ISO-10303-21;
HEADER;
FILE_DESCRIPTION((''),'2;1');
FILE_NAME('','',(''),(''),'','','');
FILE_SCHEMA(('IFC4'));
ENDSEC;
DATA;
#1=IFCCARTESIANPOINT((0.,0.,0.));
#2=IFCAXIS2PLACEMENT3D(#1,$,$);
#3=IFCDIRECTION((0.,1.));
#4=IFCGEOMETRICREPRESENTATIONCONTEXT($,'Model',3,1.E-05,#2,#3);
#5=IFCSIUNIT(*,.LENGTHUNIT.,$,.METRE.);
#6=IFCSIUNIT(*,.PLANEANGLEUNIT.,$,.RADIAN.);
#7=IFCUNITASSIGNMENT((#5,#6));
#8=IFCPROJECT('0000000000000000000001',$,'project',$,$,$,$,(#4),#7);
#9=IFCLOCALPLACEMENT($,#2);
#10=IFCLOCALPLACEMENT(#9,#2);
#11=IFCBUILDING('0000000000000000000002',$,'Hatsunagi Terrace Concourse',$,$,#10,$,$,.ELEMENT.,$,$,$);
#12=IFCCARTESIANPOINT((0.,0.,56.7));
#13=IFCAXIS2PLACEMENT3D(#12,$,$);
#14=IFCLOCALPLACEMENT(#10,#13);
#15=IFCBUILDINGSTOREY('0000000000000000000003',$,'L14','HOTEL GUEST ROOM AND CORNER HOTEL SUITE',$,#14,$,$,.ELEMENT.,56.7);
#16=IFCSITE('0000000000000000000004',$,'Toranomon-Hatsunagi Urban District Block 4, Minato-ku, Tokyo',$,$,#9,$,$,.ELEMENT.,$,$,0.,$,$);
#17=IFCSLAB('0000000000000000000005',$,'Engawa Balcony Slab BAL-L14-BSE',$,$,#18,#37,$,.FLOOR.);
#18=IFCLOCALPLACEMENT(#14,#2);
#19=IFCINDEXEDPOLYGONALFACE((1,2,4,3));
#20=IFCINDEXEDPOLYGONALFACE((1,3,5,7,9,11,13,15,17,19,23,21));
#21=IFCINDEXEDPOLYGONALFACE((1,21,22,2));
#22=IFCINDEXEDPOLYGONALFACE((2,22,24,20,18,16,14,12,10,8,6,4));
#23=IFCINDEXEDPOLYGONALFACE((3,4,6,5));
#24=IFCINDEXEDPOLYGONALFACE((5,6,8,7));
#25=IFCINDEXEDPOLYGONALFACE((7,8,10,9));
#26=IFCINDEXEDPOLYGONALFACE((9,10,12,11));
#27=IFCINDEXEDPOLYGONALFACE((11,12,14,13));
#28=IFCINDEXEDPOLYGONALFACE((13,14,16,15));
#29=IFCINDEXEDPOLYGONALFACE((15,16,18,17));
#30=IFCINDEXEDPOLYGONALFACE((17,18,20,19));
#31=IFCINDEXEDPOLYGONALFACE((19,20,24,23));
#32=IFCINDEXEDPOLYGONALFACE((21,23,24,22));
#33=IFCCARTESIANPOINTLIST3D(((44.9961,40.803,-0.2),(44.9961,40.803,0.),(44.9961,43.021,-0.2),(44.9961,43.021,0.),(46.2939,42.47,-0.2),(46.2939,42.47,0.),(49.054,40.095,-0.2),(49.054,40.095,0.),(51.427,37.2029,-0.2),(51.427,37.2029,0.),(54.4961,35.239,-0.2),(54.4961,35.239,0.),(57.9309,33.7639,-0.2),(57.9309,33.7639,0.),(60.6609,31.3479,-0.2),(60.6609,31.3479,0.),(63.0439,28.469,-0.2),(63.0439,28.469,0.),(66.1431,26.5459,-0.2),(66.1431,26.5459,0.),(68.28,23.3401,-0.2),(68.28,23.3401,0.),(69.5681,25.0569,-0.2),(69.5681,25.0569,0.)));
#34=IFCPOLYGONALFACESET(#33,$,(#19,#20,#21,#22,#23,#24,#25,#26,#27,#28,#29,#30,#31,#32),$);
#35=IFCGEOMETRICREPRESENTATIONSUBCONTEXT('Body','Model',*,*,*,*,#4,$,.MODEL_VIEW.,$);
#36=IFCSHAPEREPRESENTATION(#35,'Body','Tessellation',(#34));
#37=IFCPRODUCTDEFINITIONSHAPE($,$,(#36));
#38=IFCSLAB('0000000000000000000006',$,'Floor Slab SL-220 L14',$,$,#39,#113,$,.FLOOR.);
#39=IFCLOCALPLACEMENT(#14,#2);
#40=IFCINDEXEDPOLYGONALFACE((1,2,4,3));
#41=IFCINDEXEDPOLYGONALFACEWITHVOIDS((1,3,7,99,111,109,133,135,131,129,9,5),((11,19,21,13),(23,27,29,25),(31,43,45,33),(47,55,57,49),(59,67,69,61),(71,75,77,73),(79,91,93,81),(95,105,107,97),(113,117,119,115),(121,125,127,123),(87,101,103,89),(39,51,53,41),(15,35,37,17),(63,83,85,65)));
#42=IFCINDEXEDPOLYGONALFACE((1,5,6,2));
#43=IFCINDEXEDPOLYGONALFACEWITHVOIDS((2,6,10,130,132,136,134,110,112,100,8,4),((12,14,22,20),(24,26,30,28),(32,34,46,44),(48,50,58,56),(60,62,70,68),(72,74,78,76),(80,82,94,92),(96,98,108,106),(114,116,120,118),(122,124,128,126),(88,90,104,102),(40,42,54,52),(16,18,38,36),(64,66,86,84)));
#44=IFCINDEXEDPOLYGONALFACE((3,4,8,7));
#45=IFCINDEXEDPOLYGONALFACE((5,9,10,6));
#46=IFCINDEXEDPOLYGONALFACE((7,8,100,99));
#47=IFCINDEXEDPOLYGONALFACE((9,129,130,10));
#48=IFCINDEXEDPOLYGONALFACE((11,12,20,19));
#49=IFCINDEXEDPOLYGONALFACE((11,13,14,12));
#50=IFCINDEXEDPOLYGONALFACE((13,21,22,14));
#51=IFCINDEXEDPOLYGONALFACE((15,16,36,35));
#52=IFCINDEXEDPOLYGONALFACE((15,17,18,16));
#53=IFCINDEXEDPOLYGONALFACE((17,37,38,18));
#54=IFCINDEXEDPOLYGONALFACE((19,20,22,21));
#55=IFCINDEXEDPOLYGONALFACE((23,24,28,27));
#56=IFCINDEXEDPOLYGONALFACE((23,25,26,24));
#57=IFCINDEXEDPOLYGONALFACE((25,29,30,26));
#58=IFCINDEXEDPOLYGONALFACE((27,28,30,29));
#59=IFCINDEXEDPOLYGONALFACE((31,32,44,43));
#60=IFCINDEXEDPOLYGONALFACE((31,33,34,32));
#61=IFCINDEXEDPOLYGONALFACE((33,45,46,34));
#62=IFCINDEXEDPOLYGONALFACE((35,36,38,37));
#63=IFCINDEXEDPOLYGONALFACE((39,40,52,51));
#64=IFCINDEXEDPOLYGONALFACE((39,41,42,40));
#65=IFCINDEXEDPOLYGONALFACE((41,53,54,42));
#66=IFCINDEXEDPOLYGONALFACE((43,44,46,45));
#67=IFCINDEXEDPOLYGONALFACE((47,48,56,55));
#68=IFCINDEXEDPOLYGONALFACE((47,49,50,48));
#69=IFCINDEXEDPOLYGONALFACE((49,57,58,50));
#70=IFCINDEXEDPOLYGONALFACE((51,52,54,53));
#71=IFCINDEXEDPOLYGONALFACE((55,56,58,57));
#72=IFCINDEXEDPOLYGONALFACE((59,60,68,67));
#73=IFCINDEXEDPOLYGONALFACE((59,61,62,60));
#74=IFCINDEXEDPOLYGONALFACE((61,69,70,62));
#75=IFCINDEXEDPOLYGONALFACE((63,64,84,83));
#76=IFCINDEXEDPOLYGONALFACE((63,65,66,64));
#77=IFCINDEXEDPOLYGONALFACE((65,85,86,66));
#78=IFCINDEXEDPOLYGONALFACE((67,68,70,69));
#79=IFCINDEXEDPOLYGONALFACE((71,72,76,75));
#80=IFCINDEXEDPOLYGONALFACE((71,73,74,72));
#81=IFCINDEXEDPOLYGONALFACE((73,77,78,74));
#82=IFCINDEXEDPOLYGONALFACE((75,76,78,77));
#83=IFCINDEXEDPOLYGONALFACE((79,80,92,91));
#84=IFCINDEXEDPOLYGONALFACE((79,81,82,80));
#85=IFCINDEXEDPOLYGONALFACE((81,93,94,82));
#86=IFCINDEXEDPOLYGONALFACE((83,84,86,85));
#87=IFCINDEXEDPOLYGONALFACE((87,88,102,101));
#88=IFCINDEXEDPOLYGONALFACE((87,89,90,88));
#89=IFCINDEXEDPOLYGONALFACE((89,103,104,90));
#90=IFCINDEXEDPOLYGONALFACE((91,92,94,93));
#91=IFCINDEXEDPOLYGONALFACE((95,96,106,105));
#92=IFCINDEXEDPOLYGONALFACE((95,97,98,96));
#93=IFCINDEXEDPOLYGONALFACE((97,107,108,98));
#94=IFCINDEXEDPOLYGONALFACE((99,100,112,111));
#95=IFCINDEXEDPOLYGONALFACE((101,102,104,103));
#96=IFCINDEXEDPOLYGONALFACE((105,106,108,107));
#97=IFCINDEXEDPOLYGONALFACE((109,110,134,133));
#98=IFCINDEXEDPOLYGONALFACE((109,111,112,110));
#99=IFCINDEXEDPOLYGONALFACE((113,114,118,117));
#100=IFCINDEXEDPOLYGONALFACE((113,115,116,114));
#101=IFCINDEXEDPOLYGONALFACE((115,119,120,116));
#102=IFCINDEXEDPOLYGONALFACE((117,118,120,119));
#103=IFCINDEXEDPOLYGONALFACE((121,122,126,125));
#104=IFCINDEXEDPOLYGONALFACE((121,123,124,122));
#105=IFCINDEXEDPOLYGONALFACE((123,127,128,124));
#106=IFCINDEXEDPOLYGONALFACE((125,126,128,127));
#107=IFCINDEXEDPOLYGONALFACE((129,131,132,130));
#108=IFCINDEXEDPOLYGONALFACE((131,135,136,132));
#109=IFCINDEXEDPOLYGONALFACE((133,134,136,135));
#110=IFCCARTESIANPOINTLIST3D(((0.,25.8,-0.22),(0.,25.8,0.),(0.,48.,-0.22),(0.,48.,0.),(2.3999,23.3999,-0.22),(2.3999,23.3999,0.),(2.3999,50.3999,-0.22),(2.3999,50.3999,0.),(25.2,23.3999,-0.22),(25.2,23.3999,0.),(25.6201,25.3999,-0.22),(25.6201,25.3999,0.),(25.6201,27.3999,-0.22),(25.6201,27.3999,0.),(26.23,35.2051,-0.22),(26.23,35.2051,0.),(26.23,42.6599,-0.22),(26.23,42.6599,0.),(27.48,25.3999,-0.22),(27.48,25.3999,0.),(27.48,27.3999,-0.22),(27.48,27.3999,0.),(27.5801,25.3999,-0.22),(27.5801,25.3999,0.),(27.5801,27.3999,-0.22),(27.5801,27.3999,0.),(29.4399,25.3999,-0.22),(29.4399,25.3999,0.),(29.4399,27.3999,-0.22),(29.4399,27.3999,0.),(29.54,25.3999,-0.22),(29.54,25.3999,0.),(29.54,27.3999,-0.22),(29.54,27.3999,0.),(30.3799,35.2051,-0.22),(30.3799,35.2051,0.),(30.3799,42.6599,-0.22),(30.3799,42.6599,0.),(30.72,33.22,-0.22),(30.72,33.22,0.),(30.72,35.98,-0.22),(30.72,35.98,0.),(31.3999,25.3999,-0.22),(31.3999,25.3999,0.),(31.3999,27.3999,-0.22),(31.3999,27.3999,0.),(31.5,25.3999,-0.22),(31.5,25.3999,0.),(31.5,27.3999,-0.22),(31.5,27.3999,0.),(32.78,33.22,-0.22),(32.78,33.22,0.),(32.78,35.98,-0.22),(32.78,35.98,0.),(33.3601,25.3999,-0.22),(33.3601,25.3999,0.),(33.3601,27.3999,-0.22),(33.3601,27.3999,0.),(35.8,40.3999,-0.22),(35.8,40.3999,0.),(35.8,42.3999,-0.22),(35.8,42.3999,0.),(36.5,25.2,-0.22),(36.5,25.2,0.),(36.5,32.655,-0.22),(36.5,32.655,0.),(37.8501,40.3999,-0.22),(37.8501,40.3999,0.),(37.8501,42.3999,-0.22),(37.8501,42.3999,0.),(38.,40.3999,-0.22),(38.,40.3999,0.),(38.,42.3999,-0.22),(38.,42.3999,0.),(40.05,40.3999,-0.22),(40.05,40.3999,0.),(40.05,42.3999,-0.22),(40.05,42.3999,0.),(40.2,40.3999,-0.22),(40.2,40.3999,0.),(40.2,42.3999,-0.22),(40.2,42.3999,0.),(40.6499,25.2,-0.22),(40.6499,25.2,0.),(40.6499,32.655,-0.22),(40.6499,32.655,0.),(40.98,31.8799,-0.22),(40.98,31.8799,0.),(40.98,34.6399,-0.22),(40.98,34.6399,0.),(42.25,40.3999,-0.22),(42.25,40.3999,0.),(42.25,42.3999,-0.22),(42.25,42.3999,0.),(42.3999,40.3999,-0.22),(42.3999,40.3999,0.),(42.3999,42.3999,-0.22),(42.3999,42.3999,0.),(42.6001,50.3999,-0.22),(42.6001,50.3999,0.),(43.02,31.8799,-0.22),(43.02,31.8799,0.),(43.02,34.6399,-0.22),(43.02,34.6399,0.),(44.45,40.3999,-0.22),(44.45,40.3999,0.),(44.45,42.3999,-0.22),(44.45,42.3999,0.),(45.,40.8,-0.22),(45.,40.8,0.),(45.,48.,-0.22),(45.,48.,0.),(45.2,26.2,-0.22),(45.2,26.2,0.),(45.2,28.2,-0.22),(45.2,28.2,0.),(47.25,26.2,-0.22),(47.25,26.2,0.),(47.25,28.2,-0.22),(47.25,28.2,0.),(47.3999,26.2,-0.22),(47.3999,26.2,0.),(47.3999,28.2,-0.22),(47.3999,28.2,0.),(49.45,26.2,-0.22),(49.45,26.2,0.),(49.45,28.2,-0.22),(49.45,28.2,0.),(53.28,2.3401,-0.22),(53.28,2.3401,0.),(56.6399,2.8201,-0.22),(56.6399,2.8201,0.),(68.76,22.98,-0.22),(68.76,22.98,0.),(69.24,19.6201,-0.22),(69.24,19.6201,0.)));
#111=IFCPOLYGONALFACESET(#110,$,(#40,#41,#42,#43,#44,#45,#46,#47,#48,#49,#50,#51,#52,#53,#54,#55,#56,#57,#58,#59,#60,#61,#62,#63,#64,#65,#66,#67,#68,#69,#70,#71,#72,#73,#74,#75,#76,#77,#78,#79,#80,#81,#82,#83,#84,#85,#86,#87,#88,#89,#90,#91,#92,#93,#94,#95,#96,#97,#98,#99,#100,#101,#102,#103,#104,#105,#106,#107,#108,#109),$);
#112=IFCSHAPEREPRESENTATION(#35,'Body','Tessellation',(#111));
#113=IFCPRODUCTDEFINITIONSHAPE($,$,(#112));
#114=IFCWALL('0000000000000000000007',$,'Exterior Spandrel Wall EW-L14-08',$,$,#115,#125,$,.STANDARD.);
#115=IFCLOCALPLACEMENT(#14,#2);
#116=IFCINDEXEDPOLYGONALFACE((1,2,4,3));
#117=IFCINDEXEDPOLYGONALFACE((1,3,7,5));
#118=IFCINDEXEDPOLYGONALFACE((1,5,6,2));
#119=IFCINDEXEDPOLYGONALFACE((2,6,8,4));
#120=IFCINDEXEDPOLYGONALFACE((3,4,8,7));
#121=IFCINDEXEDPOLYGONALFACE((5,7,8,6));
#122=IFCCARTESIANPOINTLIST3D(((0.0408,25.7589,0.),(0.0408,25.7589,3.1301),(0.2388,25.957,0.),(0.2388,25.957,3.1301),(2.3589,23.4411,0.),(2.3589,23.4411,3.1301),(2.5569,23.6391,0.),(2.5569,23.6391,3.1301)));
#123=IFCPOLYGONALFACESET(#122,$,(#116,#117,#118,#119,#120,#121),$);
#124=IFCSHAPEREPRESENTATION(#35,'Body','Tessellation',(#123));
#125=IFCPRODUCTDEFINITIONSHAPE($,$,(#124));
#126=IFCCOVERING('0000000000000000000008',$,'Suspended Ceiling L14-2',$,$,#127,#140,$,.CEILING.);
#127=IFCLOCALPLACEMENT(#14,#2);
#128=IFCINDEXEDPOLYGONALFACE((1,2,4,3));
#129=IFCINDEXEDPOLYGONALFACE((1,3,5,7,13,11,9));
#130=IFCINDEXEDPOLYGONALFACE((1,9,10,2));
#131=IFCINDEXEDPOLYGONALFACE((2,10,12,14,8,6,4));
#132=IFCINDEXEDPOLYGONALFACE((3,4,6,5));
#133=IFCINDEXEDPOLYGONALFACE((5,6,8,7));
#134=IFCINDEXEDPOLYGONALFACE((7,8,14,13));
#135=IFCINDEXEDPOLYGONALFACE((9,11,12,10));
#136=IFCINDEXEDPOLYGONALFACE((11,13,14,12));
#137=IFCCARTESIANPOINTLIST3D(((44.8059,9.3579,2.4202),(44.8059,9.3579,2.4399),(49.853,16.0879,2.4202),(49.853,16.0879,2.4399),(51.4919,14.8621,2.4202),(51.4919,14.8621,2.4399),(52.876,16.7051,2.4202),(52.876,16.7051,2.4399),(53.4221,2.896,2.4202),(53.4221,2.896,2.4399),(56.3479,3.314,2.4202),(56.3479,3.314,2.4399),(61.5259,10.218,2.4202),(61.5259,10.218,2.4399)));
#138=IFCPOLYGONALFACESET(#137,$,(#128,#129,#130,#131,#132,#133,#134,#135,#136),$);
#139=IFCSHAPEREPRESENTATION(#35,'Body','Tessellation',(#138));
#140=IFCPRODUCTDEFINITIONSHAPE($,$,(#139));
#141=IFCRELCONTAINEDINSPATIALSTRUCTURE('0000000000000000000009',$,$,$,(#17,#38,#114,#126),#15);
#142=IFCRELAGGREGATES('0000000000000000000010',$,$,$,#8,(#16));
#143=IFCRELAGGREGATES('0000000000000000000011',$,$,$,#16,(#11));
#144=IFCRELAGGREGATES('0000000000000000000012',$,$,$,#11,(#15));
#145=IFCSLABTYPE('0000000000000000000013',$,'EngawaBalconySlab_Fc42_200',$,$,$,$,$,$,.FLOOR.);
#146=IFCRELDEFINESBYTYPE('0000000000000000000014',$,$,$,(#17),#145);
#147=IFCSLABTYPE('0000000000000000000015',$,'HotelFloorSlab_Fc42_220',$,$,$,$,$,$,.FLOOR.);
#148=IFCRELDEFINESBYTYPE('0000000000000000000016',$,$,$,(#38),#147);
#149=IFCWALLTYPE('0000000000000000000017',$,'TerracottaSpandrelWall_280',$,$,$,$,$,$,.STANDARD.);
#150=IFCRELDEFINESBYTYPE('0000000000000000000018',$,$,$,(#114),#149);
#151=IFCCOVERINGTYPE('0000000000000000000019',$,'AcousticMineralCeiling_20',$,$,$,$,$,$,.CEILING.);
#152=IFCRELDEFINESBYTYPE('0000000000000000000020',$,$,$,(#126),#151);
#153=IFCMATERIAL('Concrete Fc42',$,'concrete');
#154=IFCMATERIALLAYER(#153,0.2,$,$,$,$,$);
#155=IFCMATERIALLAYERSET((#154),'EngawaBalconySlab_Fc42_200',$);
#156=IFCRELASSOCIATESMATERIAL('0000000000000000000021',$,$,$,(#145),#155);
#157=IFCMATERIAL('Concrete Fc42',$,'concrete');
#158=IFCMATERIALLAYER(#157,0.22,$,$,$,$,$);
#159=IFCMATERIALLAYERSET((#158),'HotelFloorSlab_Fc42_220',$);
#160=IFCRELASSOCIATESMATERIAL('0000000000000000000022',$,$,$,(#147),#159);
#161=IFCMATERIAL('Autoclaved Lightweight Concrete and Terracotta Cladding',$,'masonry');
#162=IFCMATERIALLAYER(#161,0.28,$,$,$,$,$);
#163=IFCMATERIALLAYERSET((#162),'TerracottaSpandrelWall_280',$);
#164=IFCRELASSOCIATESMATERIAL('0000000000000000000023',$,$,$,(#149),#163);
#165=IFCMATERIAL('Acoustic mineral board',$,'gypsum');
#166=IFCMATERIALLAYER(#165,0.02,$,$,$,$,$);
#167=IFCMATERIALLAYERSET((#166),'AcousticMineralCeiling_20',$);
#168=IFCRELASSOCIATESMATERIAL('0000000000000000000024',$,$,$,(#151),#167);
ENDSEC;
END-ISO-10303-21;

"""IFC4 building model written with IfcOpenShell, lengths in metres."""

from ifc_helpers import new_model, si_unit, direction, frame, frame_2d, origin, place, context, subcontext, project, spatial, polyline, rectangle, outline, extrude, material, layer, layer_set, type_object, element, save


model = new_model("IFC4")

# Units and contexts
model_context = context("Model", 3, precision=1e-05, world=origin(), true_north=direction((0.0, 1.0)))
body_context = subcontext(model_context, "Body", "Model", "MODEL_VIEW")
ifc_project = project(units=[si_unit("LENGTHUNIT", "METRE"), si_unit("PLANEANGLEUNIT", "RADIAN")], contexts=[model_context])

# Site, building, storey
site_placement = place(None, origin())
site = spatial("IfcSite", under=ifc_project, at=site_placement, Name="Toranomon-Hatsunagi Urban District Block 4, Minato-ku, Tokyo", CompositionType="ELEMENT", RefElevation=0.0)
building_placement = place(site_placement, origin())
building = spatial("IfcBuilding", under=site, at=building_placement, Name="Hatsunagi Terrace Concourse", CompositionType="ELEMENT")
storey_placement = place(building_placement, frame((0.0, 0.0, 56.7)))
storey = spatial("IfcBuildingStorey", under=building, at=storey_placement, Name="L14", Description="HOTEL GUEST ROOM AND CORNER HOTEL SUITE", CompositionType="ELEMENT", Elevation=56.7)

# Slabs
ifc_material_1 = material(Name="Concrete Fc42", Category="concrete")
ifc_layer_1 = layer(ifc_material_1, 0.2)
ifc_layer_set_1 = layer_set([ifc_layer_1], Name="EngawaBalconySlab_Fc42_200")
slab_type_1 = type_object("IfcSlabType", Name="EngawaBalconySlab_Fc42_200", PredefinedType="FLOOR", material=ifc_layer_set_1)
slab_1_placement = place(storey_placement, frame((0.0, 0.0, -0.2)))
element("IfcSlab", 1, at=slab_1_placement, inside=storey, type_object=slab_type_1, Name="Engawa Balcony Slab BAL-L14-BSE", PredefinedType="FLOOR", context=body_context, shape_type="SweptSolid", body=[
    extrude(outline(polyline([(46.2939, 42.47), (44.9961, 43.021), (44.9961, 40.803), (68.28, 23.3401), (69.5681, 25.0569), (66.1431, 26.5459), (63.0439, 28.469), (60.6609, 31.3479), (57.9309, 33.7639), (54.4961, 35.239), (51.427, 37.2029), (49.054, 40.095), (46.2939, 42.47)])), origin(), (0.0, 0.0, 1.0), 0.2),
])
ifc_material_2 = material(Name="Concrete Fc42", Category="concrete")
ifc_layer_2 = layer(ifc_material_2, 0.22)
ifc_layer_set_2 = layer_set([ifc_layer_2], Name="HotelFloorSlab_Fc42_220")
slab_type_2 = type_object("IfcSlabType", Name="HotelFloorSlab_Fc42_220", PredefinedType="FLOOR", material=ifc_layer_set_2)
slab_2_placement = place(storey_placement, frame((0.0, 0.0, -0.22)))
element("IfcSlab", 2, at=slab_2_placement, inside=storey, type_object=slab_type_2, Name="Floor Slab SL-220 L14", PredefinedType="FLOOR", context=body_context, shape_type="SweptSolid", body=[
    extrude(outline(polyline([(45.0, 40.8), (45.0, 48.0), (42.6001, 50.3999), (2.3999, 50.3999), (0.0, 48.0), (0.0, 25.8), (2.3999, 23.3999), (25.2, 23.3999), (53.28, 2.3401), (56.6399, 2.8201), (69.24, 19.6201), (68.76, 22.98), (45.0, 40.8)]), holes=[polyline([(26.23, 35.2051), (30.3799, 35.2051), (30.3799, 42.6599), (26.23, 42.6599), (26.23, 35.2051)]), polyline([(36.5, 25.2), (40.6499, 25.2), (40.6499, 32.655), (36.5, 32.655), (36.5, 25.2)]), polyline([(30.72, 33.22), (32.78, 33.22), (32.78, 35.98), (30.72, 35.98), (30.72, 33.22)]), polyline([(40.98, 31.8799), (43.02, 31.8799), (43.02, 34.6399), (40.98, 34.6399), (40.98, 31.8799)]), polyline([(25.6201, 25.3999), (27.48, 25.3999), (27.48, 27.3999), (25.6201, 27.3999), (25.6201, 25.3999)]), polyline([(27.5801, 25.3999), (29.4399, 25.3999), (29.4399, 27.3999), (27.5801, 27.3999), (27.5801, 25.3999)]), polyline([(29.54, 25.3999), (31.3999, 25.3999), (31.3999, 27.3999), (29.54, 27.3999), (29.54, 25.3999)]), polyline([(31.5, 25.3999), (33.3601, 25.3999), (33.3601, 27.3999), (31.5, 27.3999), (31.5, 25.3999)]), polyline([(35.8, 40.3999), (37.8501, 40.3999), (37.8501, 42.3999), (35.8, 42.3999), (35.8, 40.3999)]), polyline([(38.0, 40.3999), (40.05, 40.3999), (40.05, 42.3999), (38.0, 42.3999), (38.0, 40.3999)]), polyline([(40.2, 40.3999), (42.25, 40.3999), (42.25, 42.3999), (40.2, 42.3999), (40.2, 40.3999)]), polyline([(42.3999, 40.3999), (44.45, 40.3999), (44.45, 42.3999), (42.3999, 42.3999), (42.3999, 40.3999)]), polyline([(45.2, 26.2), (47.25, 26.2), (47.25, 28.2), (45.2, 28.2), (45.2, 26.2)]), polyline([(47.3999, 26.2), (49.45, 26.2), (49.45, 28.2), (47.3999, 28.2), (47.3999, 26.2)])]), origin(), (0.0, 0.0, 1.0), 0.22),
])

# Wall
ifc_material_3 = material(Name="Autoclaved Lightweight Concrete and Terracotta Cladding", Category="masonry")
ifc_layer_3 = layer(ifc_material_3, 0.28)
ifc_layer_set_3 = layer_set([ifc_layer_3], Name="TerracottaSpandrelWall_280")
wall_type = type_object("IfcWallType", Name="TerracottaSpandrelWall_280", PredefinedType="STANDARD", material=ifc_layer_set_3)
wall_placement = place(storey_placement, frame((2.458, 23.54, 0.0), z_axis=(0.0, 0.0, 1.0), x_axis=(-0.707144, 0.70707, 0.0)))
element("IfcWall", 3, at=wall_placement, inside=storey, type_object=wall_type, Name="Exterior Spandrel Wall EW-L14-08", PredefinedType="STANDARD", context=body_context, shape_type="SweptSolid", body=[
    extrude(rectangle(XDim=3.2781, YDim=0.28, at=frame_2d((1.6392, 0.0))), origin(), (0.0, 0.0, 1.0), 3.1301),
])

# Covering
ifc_material_4 = material(Name="Acoustic mineral board", Category="gypsum")
ifc_layer_4 = layer(ifc_material_4, 0.02)
ifc_layer_set_4 = layer_set([ifc_layer_4], Name="AcousticMineralCeiling_20")
covering_type_1 = type_object("IfcCoveringType", Name="AcousticMineralCeiling_20", PredefinedType="CEILING", material=ifc_layer_set_4)
covering_1_placement = place(storey_placement, frame((0.0, 0.0, 2.4202)))
element("IfcCovering", 4, at=covering_1_placement, inside=storey, type_object=covering_type_1, Name="Suspended Ceiling L14-2", PredefinedType="CEILING", context=body_context, shape_type="SweptSolid", body=[
    extrude(outline(polyline([(56.3479, 3.314), (61.5259, 10.218), (52.876, 16.7051), (51.4919, 14.8621), (49.853, 16.0879), (44.8059, 9.3579), (53.4221, 2.896), (56.3479, 3.314)])), origin(), (0.0, 0.0, 1.0), 0.0198),
])

save(model, "model.ifc")
